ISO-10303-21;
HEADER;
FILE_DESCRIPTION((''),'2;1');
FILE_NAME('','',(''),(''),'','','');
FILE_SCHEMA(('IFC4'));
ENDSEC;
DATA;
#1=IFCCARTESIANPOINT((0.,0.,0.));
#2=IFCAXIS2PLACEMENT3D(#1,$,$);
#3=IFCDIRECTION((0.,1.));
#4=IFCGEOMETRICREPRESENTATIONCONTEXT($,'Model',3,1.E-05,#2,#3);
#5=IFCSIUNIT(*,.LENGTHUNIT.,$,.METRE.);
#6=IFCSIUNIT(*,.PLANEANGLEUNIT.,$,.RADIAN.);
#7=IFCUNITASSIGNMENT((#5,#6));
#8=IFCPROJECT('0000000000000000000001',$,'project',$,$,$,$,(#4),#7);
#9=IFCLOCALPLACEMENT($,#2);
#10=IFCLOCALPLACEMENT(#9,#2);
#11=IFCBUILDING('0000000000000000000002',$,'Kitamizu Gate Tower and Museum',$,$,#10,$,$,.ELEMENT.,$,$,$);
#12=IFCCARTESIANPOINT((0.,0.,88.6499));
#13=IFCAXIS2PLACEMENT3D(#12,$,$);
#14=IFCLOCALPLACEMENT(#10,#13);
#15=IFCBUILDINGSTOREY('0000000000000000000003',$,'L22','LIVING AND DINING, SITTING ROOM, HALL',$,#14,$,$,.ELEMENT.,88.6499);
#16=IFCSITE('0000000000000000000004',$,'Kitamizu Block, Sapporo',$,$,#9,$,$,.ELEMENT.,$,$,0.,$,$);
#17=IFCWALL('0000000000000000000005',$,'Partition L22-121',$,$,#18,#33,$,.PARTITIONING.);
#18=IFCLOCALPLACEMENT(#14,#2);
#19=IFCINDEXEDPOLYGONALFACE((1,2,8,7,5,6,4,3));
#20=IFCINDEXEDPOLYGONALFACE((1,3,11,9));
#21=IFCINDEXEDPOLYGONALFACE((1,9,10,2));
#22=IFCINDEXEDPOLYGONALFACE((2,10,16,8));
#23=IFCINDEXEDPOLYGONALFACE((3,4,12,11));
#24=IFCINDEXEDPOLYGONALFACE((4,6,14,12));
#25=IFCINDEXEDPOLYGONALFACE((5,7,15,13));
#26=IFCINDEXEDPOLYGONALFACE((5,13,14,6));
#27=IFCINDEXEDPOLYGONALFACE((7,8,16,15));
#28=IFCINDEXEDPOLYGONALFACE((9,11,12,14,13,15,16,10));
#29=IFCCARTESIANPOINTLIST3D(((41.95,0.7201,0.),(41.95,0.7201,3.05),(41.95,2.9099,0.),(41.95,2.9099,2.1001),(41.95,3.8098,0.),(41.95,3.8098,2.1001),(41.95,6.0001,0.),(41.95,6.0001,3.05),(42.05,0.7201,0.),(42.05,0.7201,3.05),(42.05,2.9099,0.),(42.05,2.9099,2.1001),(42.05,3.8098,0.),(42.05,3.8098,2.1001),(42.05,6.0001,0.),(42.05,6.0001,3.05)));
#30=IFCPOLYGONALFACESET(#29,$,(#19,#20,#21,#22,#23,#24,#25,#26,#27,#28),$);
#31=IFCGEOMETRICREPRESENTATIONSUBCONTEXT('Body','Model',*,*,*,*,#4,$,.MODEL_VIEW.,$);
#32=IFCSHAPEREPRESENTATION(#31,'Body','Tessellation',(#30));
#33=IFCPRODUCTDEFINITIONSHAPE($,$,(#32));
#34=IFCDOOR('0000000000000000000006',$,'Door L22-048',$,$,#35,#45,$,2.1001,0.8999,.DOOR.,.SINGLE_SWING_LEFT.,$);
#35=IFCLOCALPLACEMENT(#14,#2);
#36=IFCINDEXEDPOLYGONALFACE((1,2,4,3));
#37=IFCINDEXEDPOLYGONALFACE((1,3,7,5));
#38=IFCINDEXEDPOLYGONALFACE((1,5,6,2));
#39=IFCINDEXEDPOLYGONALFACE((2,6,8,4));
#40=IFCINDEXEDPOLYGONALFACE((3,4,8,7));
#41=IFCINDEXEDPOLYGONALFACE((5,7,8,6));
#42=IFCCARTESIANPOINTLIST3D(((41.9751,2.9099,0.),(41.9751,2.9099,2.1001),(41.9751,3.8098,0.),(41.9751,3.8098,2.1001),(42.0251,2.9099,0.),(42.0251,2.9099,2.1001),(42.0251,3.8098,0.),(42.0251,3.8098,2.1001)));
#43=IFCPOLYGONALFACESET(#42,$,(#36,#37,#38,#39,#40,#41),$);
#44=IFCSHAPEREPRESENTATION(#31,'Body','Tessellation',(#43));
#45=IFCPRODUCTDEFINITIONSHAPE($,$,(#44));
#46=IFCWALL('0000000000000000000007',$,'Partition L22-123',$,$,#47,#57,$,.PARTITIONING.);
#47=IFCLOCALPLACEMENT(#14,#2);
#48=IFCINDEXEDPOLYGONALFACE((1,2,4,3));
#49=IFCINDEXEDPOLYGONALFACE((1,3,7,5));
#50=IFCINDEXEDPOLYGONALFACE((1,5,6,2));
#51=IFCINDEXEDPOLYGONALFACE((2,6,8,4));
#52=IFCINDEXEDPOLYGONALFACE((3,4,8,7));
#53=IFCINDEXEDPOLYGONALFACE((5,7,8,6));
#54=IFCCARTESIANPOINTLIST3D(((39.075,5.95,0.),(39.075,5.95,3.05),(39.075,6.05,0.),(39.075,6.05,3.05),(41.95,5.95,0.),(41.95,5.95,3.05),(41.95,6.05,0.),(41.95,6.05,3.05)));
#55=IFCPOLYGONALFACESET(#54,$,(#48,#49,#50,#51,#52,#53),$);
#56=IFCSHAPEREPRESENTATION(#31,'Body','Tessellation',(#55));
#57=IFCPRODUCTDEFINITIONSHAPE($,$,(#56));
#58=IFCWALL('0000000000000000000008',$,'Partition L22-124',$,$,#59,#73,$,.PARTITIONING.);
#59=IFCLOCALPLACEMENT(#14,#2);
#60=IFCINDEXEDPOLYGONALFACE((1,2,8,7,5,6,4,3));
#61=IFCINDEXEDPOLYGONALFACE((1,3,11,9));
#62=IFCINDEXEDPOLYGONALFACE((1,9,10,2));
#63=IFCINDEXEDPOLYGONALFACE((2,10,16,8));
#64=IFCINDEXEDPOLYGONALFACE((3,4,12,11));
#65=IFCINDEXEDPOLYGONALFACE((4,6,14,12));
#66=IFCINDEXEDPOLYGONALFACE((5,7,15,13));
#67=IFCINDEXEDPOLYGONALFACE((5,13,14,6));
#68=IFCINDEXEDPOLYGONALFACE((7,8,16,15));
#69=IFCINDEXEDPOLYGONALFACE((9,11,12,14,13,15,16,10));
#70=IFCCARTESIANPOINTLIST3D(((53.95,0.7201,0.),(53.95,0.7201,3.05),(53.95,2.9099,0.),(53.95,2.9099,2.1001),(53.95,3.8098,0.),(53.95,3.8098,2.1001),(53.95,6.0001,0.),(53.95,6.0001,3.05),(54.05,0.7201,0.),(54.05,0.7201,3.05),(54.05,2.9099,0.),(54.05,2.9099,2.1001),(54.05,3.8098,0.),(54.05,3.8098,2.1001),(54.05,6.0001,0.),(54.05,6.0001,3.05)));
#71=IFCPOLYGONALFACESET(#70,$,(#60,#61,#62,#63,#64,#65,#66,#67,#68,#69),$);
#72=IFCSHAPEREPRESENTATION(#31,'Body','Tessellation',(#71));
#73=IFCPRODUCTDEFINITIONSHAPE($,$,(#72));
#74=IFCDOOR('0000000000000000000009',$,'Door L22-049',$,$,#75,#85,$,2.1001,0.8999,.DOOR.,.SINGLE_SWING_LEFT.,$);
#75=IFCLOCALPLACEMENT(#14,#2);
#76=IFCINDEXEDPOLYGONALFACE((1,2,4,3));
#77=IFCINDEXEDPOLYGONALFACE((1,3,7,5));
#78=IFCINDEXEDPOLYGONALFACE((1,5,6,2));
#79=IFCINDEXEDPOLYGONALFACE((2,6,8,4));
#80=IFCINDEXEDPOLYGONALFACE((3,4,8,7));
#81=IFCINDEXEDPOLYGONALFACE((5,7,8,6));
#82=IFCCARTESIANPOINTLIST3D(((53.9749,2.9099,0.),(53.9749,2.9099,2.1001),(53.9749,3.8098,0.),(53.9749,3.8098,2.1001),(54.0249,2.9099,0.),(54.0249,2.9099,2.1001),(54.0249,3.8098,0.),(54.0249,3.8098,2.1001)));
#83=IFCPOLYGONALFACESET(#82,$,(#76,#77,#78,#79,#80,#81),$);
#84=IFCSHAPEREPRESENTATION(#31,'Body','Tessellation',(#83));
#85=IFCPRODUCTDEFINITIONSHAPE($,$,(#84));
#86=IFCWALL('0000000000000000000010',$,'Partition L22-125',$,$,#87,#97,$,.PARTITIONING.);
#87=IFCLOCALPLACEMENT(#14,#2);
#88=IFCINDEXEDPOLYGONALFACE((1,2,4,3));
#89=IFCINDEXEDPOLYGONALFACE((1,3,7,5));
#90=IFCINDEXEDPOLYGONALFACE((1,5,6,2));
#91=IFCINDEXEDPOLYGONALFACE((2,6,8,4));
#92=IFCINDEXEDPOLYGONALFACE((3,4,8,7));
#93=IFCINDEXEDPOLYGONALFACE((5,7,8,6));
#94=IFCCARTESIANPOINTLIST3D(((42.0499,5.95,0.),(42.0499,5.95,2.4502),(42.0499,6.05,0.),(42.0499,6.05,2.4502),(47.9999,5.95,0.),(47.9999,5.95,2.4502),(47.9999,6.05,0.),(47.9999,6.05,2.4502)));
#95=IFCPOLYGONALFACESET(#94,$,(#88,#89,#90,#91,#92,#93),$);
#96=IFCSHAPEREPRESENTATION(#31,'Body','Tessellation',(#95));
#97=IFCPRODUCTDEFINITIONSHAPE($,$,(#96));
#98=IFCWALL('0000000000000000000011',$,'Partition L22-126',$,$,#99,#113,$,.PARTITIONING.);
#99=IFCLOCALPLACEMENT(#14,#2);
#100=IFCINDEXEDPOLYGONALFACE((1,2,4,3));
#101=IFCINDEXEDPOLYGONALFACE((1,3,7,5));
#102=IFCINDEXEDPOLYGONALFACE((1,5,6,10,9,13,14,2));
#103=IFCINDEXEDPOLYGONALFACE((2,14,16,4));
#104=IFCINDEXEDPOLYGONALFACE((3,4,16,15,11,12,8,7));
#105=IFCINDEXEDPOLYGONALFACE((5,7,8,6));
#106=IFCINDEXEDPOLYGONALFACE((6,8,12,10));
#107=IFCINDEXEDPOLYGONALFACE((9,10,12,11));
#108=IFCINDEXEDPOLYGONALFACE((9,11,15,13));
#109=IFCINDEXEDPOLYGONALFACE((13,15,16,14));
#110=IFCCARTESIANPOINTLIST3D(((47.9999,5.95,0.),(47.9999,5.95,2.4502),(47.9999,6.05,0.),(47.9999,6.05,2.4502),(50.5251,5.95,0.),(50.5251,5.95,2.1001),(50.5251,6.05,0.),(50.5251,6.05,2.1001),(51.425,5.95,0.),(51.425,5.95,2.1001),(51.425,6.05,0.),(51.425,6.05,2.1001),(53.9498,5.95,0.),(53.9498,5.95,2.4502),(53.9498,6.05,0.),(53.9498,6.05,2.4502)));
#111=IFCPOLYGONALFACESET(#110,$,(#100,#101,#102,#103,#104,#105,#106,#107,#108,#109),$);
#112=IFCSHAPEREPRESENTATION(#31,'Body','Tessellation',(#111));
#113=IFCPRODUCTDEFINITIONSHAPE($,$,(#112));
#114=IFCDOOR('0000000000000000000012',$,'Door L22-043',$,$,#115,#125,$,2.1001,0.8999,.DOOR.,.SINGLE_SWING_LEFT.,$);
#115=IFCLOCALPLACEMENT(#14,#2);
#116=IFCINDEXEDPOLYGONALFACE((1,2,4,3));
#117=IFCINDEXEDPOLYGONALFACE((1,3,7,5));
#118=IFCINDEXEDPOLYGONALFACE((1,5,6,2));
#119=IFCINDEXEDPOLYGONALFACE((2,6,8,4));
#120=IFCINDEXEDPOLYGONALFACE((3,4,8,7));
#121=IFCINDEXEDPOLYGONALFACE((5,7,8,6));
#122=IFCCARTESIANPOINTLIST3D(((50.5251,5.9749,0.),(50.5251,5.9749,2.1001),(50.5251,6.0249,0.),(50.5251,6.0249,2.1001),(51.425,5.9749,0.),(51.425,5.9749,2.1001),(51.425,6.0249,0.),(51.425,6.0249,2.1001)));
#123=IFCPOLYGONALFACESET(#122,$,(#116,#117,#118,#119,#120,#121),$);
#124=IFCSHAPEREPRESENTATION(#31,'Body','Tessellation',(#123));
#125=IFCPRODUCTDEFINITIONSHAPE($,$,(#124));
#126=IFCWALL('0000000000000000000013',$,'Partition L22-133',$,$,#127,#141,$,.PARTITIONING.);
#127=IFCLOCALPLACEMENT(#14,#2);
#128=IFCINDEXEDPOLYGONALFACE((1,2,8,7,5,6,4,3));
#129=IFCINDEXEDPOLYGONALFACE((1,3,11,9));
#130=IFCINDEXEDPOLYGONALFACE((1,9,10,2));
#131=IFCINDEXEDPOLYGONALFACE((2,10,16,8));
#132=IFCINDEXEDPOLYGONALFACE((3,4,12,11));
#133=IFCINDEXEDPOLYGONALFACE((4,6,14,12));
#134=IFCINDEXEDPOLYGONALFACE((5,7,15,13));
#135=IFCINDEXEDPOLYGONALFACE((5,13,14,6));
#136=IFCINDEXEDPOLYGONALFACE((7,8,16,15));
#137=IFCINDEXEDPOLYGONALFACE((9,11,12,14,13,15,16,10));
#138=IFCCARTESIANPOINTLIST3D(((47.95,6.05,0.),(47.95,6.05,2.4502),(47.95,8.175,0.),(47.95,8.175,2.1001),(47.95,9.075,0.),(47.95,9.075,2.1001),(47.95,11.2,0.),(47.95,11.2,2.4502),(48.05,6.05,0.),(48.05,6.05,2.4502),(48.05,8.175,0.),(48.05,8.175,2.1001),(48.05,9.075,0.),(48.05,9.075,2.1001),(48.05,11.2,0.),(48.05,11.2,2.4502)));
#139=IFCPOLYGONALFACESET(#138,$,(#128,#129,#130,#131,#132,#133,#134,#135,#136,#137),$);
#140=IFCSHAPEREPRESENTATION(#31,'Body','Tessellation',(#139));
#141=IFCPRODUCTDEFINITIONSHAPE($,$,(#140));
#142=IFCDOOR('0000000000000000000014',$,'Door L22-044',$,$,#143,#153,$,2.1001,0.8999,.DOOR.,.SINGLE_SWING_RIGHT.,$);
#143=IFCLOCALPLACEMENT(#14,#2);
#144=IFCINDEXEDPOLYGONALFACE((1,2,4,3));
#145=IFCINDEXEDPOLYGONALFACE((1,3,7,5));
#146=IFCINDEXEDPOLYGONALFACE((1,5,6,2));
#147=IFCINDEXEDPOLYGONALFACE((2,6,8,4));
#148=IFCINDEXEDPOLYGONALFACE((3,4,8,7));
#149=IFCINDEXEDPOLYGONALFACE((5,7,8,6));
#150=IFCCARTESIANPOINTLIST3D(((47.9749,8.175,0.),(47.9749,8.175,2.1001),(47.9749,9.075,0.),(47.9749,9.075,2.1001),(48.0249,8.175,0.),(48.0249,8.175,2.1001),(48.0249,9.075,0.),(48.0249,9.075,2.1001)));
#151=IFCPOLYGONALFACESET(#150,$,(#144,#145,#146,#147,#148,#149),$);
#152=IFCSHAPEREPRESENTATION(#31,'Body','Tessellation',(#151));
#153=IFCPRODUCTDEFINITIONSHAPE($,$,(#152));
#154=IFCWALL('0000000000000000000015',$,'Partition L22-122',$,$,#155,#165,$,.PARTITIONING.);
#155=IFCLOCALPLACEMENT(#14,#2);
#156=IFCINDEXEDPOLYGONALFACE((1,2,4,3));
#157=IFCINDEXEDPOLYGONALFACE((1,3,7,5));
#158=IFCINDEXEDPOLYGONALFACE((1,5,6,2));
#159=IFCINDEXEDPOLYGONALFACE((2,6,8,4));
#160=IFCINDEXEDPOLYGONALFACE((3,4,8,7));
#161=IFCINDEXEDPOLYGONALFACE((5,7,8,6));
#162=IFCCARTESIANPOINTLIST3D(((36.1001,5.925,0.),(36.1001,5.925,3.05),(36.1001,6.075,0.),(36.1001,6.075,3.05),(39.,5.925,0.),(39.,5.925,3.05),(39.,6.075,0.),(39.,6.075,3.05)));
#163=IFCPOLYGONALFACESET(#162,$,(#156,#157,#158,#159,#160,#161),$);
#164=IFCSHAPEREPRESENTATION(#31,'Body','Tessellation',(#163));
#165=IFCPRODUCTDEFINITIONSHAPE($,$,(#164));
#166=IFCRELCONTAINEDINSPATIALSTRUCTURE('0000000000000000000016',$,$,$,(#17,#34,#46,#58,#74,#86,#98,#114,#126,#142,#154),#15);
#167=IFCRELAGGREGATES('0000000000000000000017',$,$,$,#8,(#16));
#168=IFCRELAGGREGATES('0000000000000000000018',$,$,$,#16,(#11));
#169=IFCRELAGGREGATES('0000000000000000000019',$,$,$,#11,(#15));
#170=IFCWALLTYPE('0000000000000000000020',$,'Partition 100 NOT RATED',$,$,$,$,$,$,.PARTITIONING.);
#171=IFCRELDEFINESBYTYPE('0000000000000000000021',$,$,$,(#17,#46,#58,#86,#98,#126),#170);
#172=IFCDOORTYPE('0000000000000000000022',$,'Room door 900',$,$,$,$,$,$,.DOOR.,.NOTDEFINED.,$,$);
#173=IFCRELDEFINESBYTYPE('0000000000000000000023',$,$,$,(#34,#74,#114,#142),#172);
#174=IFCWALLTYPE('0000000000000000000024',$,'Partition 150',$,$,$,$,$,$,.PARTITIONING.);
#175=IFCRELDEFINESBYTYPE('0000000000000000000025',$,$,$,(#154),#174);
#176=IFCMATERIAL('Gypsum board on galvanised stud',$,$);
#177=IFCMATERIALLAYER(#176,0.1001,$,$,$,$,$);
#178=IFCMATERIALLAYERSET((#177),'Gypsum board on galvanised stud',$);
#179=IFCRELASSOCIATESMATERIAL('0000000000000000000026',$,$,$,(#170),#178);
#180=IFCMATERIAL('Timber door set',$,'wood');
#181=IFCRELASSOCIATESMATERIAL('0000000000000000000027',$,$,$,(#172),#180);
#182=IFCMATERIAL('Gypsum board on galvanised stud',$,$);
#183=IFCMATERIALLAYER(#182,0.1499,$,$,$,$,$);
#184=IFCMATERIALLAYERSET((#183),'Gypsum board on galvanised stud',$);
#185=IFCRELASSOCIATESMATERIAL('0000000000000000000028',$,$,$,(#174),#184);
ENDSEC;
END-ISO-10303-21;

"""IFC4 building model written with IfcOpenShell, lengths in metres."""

from ifc_helpers import new_model, si_unit, direction, frame, frame_2d, origin, place, context, subcontext, project, spatial, rectangle, extrude, material, layer, layer_set, type_object, element, fill, save


model = new_model("IFC4")

# Units and contexts
model_context = context("Model", 3, precision=1e-05, world=origin(), true_north=direction((0.0, 1.0)))
body_context = subcontext(model_context, "Body", "Model", "MODEL_VIEW")
ifc_project = project(units=[si_unit("LENGTHUNIT", "METRE"), si_unit("PLANEANGLEUNIT", "RADIAN")], contexts=[model_context])

# Site, building, storey
site_placement = place(None, origin())
site = spatial("IfcSite", under=ifc_project, at=site_placement, Name="Kitamizu Block, Sapporo", CompositionType="ELEMENT", RefElevation=0.0)
building_placement = place(site_placement, origin())
building = spatial("IfcBuilding", under=site, at=building_placement, Name="Kitamizu Gate Tower and Museum", CompositionType="ELEMENT")
storey_placement = place(building_placement, frame((0.0, 0.0, 88.6499)))
storey = spatial("IfcBuildingStorey", under=building, at=storey_placement, Name="L22", Description="LIVING AND DINING, SITTING ROOM, HALL", CompositionType="ELEMENT", Elevation=88.6499)

# Wall, opening, door
ifc_material_1 = material(Name="Gypsum board on galvanised stud")
ifc_layer_1 = layer(ifc_material_1, 0.1001)
ifc_layer_set_1 = layer_set([ifc_layer_1], Name="Gypsum board on galvanised stud")
wall_type_1 = type_object("IfcWallType", Name="Partition 100 NOT RATED", PredefinedType="PARTITIONING", material=ifc_layer_set_1)
wall_1_placement = place(storey_placement, frame((42.0, 0.72, 0.0), z_axis=(0.0, 0.0, 1.0), x_axis=(0.0, 1.0, 0.0)))
wall_1 = element("IfcWall", 1, at=wall_1_placement, inside=storey, type_object=wall_type_1, Name="Partition L22-121", PredefinedType="PARTITIONING", context=body_context, shape_type="SweptSolid", body=[
    extrude(rectangle(XDim=5.28, YDim=0.1001, at=frame_2d((2.6401, 0.0))), origin(), (0.0, 0.0, 1.0), 3.05),
])
opening_1_placement = place(wall_1_placement, frame((2.1899, 0.0, 0.0)))
opening_1 = element("IfcOpeningElement", 2, at=opening_1_placement, cuts=wall_1, PredefinedType="OPENING", context=body_context, shape_type="SweptSolid", body=[
    extrude(rectangle(XDim=0.8999, YDim=2.1001, at=frame_2d((0.45, 1.05))), frame((0.0, 0.0601, 0.0), z_axis=(0.0, -1.0, 0.0), x_axis=(1.0, 0.0, 0.0)), (0.0, 0.0, 1.0), 0.1201),
])
ifc_material_2 = material(Name="Timber door set", Category="wood")
door_type_1 = type_object("IfcDoorType", Name="Room door 900", OperationType="NOTDEFINED", PredefinedType="DOOR", material=ifc_material_2)
door_1_placement = place(opening_1_placement, origin())
door_1 = element("IfcDoor", 3, at=door_1_placement, inside=storey, type_object=door_type_1, Name="Door L22-048", OperationType="SINGLE_SWING_LEFT", OverallHeight=2.1001, OverallWidth=0.8999, PredefinedType="DOOR", context=body_context, shape_type="SweptSolid", body=[
    extrude(rectangle(XDim=0.8999, YDim=2.1001, at=frame_2d((0.45, 1.05))), frame((0.0, 0.0249, 0.0), z_axis=(0.0, -1.0, 0.0), x_axis=(1.0, 0.0, 0.0)), (0.0, 0.0, 1.0), 0.05),
])
fill(opening_1, door_1)

# Wall
wall_2_placement = place(storey_placement, frame((41.95, 6.0, 0.0), z_axis=(0.0, 0.0, 1.0), x_axis=(-1.0, 0.0, 0.0)))
element("IfcWall", 4, at=wall_2_placement, inside=storey, type_object=wall_type_1, Name="Partition L22-123", PredefinedType="PARTITIONING", context=body_context, shape_type="SweptSolid", body=[
    extrude(rectangle(XDim=2.875, YDim=0.1001, at=frame_2d((1.4375, 0.0))), origin(), (0.0, 0.0, 1.0), 3.05),
])

# Wall, opening, door
wall_3_placement = place(storey_placement, frame((54.0, 0.72, 0.0), z_axis=(0.0, 0.0, 1.0), x_axis=(0.0, 1.0, 0.0)))
wall_3 = element("IfcWall", 5, at=wall_3_placement, inside=storey, type_object=wall_type_1, Name="Partition L22-124", PredefinedType="PARTITIONING", context=body_context, shape_type="SweptSolid", body=[
    extrude(rectangle(XDim=5.28, YDim=0.1001, at=frame_2d((2.6401, 0.0))), origin(), (0.0, 0.0, 1.0), 3.05),
])
opening_2_placement = place(wall_3_placement, frame((2.1899, 0.0, 0.0)))
opening_2 = element("IfcOpeningElement", 6, at=opening_2_placement, cuts=wall_3, PredefinedType="OPENING", context=body_context, shape_type="SweptSolid", body=[
    extrude(rectangle(XDim=0.8999, YDim=2.1001, at=frame_2d((0.45, 1.05))), frame((0.0, 0.0601, 0.0), z_axis=(0.0, -1.0, 0.0), x_axis=(1.0, 0.0, 0.0)), (0.0, 0.0, 1.0), 0.1201),
])
door_2_placement = place(opening_2_placement, frame((0.8999, 0.0, 0.0), x_axis=(-1.0, 0.0, 0.0)))
door_2 = element("IfcDoor", 7, at=door_2_placement, inside=storey, type_object=door_type_1, Name="Door L22-049", OperationType="SINGLE_SWING_LEFT", OverallHeight=2.1001, OverallWidth=0.8999, PredefinedType="DOOR", context=body_context, shape_type="SweptSolid", body=[
    extrude(rectangle(XDim=0.8999, YDim=2.1001, at=frame_2d((0.45, 1.05))), frame((0.0, 0.0249, 0.0), z_axis=(0.0, -1.0, 0.0), x_axis=(1.0, 0.0, 0.0)), (0.0, 0.0, 1.0), 0.05),
])
fill(opening_2, door_2)

# Wall
wall_4_placement = place(storey_placement, frame((48.0, 6.0, 0.0), z_axis=(0.0, 0.0, 1.0), x_axis=(-1.0, 0.0, 0.0)))
element("IfcWall", 8, at=wall_4_placement, inside=storey, type_object=wall_type_1, Name="Partition L22-125", PredefinedType="PARTITIONING", context=body_context, shape_type="SweptSolid", body=[
    extrude(rectangle(XDim=5.95, YDim=0.1001, at=frame_2d((2.9751, 0.0))), origin(), (0.0, 0.0, 1.0), 2.4502),
])

# Walls, openings, doors
wall_5_placement = place(storey_placement, frame((53.95, 6.0, 0.0), z_axis=(0.0, 0.0, 1.0), x_axis=(-1.0, 0.0, 0.0)))
wall_5 = element("IfcWall", 9, at=wall_5_placement, inside=storey, type_object=wall_type_1, Name="Partition L22-126", PredefinedType="PARTITIONING", context=body_context, shape_type="SweptSolid", body=[
    extrude(rectangle(XDim=5.95, YDim=0.1001, at=frame_2d((2.9751, 0.0))), origin(), (0.0, 0.0, 1.0), 2.4502),
])
opening_3_placement = place(wall_5_placement, frame((2.5249, 0.0, 0.0)))
opening_3 = element("IfcOpeningElement", 10, at=opening_3_placement, cuts=wall_5, PredefinedType="OPENING", context=body_context, shape_type="SweptSolid", body=[
    extrude(rectangle(XDim=0.8999, YDim=2.1001, at=frame_2d((0.45, 1.05))), frame((0.0, 0.0601, 0.0), z_axis=(0.0, -1.0, 0.0), x_axis=(1.0, 0.0, 0.0)), (0.0, 0.0, 1.0), 0.1201),
])
door_3_placement = place(opening_3_placement, frame((0.8999, 0.0, 0.0), x_axis=(-1.0, 0.0, 0.0)))
door_3 = element("IfcDoor", 11, at=door_3_placement, inside=storey, type_object=door_type_1, Name="Door L22-043", OperationType="SINGLE_SWING_LEFT", OverallHeight=2.1001, OverallWidth=0.8999, PredefinedType="DOOR", context=body_context, shape_type="SweptSolid", body=[
    extrude(rectangle(XDim=0.8999, YDim=2.1001, at=frame_2d((0.45, 1.05))), frame((0.0, 0.0249, 0.0), z_axis=(0.0, -1.0, 0.0), x_axis=(1.0, 0.0, 0.0)), (0.0, 0.0, 1.0), 0.05),
])
fill(opening_3, door_3)
wall_6_placement = place(storey_placement, frame((48.0, 6.05, 0.0), z_axis=(0.0, 0.0, 1.0), x_axis=(0.0, 1.0, 0.0)))
wall_6 = element("IfcWall", 12, at=wall_6_placement, inside=storey, type_object=wall_type_1, Name="Partition L22-133", PredefinedType="PARTITIONING", context=body_context, shape_type="SweptSolid", body=[
    extrude(rectangle(XDim=5.1499, YDim=0.1001, at=frame_2d((2.575, 0.0))), origin(), (0.0, 0.0, 1.0), 2.4502),
])
opening_4_placement = place(wall_6_placement, frame((2.125, 0.0, 0.0)))
opening_4 = element("IfcOpeningElement", 13, at=opening_4_placement, cuts=wall_6, PredefinedType="OPENING", context=body_context, shape_type="SweptSolid", body=[
    extrude(rectangle(XDim=0.8999, YDim=2.1001, at=frame_2d((0.45, 1.05))), frame((0.0, 0.0601, 0.0), z_axis=(0.0, -1.0, 0.0), x_axis=(1.0, 0.0, 0.0)), (0.0, 0.0, 1.0), 0.1201),
])
door_4_placement = place(opening_4_placement, frame((0.8999, 0.0, 0.0), x_axis=(-1.0, 0.0, 0.0)))
door_4 = element("IfcDoor", 14, at=door_4_placement, inside=storey, type_object=door_type_1, Name="Door L22-044", OperationType="SINGLE_SWING_RIGHT", OverallHeight=2.1001, OverallWidth=0.8999, PredefinedType="DOOR", context=body_context, shape_type="SweptSolid", body=[
    extrude(rectangle(XDim=0.8999, YDim=2.1001, at=frame_2d((0.45, 1.05))), frame((0.0, 0.0249, 0.0), z_axis=(0.0, -1.0, 0.0), x_axis=(1.0, 0.0, 0.0)), (0.0, 0.0, 1.0), 0.05),
])
fill(opening_4, door_4)

# Wall
ifc_material_3 = material(Name="Gypsum board on galvanised stud")
ifc_layer_2 = layer(ifc_material_3, 0.1499)
ifc_layer_set_2 = layer_set([ifc_layer_2], Name="Gypsum board on galvanised stud")
wall_type_2 = type_object("IfcWallType", Name="Partition 150", PredefinedType="PARTITIONING", material=ifc_layer_set_2)
wall_7_placement = place(storey_placement, frame((39.0, 6.0, 0.0), z_axis=(0.0, 0.0, 1.0), x_axis=(-1.0, 0.0, 0.0)))
element("IfcWall", 15, at=wall_7_placement, inside=storey, type_object=wall_type_2, Name="Partition L22-122", PredefinedType="PARTITIONING", context=body_context, shape_type="SweptSolid", body=[
    extrude(rectangle(XDim=2.8999, YDim=0.1499, at=frame_2d((1.45, 0.0))), origin(), (0.0, 0.0, 1.0), 3.05),
])

save(model, "model.ifc")
